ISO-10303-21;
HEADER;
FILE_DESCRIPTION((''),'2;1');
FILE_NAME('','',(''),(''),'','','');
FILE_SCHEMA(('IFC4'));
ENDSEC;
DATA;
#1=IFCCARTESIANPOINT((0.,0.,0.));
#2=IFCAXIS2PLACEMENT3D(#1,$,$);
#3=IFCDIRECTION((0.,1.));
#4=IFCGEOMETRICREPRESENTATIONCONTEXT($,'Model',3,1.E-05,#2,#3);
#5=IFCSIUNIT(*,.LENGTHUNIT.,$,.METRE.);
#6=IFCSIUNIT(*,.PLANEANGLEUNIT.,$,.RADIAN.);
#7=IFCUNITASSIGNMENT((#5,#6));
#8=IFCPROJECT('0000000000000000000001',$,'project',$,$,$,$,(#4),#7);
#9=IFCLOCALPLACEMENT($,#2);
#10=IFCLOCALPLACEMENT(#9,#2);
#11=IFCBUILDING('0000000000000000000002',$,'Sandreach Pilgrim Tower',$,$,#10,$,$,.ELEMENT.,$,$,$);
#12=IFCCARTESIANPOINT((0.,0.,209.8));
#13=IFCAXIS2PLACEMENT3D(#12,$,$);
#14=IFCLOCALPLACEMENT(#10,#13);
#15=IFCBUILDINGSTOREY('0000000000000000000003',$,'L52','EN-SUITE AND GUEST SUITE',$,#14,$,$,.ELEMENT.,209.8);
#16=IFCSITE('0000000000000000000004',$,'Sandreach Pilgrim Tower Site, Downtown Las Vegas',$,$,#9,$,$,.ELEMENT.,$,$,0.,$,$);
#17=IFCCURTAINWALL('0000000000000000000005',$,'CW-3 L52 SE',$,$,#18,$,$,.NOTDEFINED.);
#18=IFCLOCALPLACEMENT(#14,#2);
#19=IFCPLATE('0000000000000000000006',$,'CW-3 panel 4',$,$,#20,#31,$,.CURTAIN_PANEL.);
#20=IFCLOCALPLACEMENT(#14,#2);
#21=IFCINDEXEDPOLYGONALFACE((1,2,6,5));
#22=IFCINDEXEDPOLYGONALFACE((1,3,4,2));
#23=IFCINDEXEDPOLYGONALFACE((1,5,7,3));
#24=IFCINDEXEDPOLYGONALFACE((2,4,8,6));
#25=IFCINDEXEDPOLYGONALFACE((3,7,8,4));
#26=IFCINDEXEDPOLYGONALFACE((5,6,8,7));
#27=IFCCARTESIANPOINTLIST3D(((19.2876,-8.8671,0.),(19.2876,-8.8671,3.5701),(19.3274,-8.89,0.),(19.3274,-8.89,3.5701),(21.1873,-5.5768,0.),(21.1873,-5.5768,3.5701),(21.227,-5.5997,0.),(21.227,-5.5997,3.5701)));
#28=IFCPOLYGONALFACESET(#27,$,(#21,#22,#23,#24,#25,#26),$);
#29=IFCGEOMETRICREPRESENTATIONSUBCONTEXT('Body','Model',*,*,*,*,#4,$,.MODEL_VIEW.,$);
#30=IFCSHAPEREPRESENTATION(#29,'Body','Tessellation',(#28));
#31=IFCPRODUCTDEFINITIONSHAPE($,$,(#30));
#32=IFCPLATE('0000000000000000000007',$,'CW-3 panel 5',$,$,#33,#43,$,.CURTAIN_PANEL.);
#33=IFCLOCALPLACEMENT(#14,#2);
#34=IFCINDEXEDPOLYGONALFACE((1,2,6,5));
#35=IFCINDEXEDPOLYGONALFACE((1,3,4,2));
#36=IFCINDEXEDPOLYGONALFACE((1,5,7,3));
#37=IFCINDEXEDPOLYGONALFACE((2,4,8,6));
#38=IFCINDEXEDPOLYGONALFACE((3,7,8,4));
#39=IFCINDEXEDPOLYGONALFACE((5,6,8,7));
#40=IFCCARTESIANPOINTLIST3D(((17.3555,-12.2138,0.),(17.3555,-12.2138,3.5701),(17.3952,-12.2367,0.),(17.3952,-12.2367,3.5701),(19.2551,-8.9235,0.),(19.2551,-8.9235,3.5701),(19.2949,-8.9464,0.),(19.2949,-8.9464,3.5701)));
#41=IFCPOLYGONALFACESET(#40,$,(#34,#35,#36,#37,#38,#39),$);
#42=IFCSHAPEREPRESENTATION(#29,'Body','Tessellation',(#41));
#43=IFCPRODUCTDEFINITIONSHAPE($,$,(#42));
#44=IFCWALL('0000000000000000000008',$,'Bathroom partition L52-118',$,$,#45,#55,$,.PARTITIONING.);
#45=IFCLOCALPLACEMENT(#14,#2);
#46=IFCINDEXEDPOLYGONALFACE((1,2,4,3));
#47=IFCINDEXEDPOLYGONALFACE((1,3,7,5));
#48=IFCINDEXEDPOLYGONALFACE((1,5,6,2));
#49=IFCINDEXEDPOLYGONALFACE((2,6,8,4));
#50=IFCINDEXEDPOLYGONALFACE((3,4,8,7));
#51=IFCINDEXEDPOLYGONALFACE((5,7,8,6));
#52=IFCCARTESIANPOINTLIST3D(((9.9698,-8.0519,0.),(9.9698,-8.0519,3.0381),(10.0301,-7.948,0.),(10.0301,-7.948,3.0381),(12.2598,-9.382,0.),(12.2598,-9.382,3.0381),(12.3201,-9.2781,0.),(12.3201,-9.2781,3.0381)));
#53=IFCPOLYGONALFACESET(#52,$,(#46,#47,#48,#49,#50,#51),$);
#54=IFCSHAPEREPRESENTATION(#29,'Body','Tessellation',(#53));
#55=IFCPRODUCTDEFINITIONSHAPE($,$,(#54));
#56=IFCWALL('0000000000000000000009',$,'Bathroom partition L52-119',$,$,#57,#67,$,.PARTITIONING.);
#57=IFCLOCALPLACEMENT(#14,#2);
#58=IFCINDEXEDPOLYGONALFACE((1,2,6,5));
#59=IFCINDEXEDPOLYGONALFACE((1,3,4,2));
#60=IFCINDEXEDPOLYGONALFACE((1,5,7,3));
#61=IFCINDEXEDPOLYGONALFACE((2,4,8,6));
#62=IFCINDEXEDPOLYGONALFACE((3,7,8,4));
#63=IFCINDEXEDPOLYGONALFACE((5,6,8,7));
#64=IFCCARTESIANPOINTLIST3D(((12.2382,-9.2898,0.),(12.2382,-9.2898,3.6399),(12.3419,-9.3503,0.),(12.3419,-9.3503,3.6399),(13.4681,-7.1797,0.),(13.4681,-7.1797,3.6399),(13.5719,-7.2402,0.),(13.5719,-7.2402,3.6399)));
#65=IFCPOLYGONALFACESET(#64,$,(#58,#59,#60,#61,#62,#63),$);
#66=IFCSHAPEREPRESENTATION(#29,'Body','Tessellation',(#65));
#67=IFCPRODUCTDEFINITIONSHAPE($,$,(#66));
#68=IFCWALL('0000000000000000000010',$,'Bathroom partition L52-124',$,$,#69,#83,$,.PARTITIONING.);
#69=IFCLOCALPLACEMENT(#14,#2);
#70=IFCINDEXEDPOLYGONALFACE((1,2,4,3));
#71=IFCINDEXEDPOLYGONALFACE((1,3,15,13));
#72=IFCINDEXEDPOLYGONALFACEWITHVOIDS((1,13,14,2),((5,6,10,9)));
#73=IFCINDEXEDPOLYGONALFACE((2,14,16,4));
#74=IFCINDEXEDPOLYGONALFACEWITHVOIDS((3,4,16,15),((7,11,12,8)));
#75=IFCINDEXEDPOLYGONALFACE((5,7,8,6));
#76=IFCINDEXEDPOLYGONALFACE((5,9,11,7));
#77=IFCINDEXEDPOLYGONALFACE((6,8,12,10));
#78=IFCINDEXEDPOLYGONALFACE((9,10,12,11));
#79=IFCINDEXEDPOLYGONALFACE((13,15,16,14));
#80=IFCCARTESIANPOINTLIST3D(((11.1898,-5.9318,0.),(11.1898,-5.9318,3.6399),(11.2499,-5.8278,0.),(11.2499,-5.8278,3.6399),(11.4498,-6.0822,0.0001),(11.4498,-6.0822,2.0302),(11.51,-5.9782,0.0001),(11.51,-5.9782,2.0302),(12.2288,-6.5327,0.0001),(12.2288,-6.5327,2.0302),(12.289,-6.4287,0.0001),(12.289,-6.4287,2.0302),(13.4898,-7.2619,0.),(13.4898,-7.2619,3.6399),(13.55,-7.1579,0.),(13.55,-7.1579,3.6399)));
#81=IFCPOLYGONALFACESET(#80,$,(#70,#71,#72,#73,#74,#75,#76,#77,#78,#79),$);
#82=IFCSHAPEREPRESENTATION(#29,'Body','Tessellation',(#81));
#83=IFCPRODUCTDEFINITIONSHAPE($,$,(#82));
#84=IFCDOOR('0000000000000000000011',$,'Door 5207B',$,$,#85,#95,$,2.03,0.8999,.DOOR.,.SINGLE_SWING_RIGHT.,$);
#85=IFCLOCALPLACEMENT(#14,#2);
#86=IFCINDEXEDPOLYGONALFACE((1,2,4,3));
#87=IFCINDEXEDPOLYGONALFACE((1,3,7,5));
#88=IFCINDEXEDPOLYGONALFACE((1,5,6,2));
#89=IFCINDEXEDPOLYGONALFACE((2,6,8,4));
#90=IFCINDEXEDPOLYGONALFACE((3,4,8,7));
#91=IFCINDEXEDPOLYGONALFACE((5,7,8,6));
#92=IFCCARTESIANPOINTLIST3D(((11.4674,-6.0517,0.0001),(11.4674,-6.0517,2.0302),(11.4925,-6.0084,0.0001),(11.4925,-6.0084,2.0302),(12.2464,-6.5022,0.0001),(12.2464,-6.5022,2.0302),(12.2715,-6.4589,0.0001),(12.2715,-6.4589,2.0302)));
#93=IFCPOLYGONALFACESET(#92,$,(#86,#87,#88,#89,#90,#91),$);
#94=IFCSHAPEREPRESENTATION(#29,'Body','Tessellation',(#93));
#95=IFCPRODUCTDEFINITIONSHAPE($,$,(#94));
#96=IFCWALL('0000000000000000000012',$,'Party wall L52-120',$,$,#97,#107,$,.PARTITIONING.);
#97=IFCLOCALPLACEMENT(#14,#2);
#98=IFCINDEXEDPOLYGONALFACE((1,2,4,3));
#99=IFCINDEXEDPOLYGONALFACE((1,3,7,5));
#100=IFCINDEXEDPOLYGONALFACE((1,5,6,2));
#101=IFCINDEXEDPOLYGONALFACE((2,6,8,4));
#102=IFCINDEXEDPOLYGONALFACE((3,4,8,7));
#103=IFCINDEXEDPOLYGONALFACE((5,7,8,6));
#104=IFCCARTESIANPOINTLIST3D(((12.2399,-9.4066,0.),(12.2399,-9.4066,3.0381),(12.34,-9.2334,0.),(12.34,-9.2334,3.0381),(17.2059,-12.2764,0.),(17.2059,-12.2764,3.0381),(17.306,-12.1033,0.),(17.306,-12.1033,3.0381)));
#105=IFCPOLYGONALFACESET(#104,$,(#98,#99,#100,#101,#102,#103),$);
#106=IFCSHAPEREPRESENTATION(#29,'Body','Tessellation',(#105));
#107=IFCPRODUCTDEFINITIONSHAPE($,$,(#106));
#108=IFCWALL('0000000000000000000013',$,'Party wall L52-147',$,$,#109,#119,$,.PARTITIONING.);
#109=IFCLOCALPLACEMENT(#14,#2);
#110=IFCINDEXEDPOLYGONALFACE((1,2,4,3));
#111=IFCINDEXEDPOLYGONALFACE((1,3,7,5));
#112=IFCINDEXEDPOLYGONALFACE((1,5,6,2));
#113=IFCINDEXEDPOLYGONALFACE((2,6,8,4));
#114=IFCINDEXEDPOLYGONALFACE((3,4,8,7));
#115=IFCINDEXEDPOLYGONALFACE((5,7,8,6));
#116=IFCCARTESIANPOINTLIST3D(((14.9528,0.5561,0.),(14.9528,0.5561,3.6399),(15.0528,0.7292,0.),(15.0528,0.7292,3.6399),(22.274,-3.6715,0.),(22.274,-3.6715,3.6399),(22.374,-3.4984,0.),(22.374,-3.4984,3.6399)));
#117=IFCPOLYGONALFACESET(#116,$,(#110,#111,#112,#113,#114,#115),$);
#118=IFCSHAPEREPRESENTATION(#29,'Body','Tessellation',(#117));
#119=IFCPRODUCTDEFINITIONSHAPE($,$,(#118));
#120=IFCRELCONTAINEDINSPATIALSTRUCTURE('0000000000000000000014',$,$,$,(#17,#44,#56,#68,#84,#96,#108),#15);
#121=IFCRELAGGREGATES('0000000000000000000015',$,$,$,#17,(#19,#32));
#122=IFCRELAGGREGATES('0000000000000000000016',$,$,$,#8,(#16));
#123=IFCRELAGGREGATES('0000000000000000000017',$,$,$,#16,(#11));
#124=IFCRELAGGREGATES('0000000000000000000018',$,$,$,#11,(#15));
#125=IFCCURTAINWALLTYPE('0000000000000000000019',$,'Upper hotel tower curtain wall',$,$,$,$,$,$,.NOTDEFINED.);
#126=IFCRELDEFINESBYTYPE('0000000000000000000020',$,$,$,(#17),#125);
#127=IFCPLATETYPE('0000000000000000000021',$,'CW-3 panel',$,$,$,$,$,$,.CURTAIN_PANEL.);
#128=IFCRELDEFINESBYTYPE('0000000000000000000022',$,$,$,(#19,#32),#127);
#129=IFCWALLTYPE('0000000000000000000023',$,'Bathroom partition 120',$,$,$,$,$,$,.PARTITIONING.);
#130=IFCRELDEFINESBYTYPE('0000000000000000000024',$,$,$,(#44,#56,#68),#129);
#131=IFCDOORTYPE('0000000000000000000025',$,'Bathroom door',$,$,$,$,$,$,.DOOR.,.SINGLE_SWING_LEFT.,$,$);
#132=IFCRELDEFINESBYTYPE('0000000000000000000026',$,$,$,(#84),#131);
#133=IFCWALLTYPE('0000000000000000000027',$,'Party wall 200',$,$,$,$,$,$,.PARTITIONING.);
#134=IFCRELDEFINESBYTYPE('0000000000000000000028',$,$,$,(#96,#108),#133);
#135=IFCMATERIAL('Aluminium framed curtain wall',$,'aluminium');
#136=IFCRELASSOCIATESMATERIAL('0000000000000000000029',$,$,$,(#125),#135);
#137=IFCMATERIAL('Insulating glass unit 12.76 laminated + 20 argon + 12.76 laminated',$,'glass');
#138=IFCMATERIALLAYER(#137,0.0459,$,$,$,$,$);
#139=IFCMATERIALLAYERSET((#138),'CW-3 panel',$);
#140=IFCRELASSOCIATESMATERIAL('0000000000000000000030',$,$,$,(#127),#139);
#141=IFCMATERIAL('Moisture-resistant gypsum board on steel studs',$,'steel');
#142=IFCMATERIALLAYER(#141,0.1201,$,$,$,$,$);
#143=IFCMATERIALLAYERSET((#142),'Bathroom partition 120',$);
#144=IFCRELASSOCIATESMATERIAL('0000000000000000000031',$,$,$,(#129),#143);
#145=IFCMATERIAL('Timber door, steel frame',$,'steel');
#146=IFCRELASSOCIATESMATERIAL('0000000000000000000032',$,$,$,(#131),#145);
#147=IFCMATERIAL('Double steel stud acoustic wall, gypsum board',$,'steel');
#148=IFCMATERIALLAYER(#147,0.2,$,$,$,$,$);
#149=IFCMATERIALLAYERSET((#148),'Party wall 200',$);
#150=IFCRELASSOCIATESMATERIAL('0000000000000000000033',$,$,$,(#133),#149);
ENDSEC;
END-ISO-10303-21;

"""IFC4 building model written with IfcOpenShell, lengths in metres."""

from ifc_helpers import new_model, si_unit, direction, frame, frame_2d, origin, origin_2d, place, context, subcontext, project, spatial, rectangle, extrude, material, layer, layer_set, type_object, element, fill, aggregate, save


model = new_model("IFC4")

# Units and contexts
model_context = context("Model", 3, precision=1e-05, world=origin(), true_north=direction((0.0, 1.0)))
body_context = subcontext(model_context, "Body", "Model", "MODEL_VIEW")
ifc_project = project(units=[si_unit("LENGTHUNIT", "METRE"), si_unit("PLANEANGLEUNIT", "RADIAN")], contexts=[model_context])

# Site, building, storey
site_placement = place(None, origin())
site = spatial("IfcSite", under=ifc_project, at=site_placement, Name="Sandreach Pilgrim Tower Site, Downtown Las Vegas", CompositionType="ELEMENT", RefElevation=0.0)
building_placement = place(site_placement, origin())
building = spatial("IfcBuilding", under=site, at=building_placement, Name="Sandreach Pilgrim Tower", CompositionType="ELEMENT")
storey_placement = place(building_placement, frame((0.0, 0.0, 209.8)))
storey = spatial("IfcBuildingStorey", under=building, at=storey_placement, Name="L52", Description="EN-SUITE AND GUEST SUITE", CompositionType="ELEMENT", Elevation=209.8)

# Curtain wall
ifc_material_1 = material(Name="Aluminium framed curtain wall", Category="aluminium")
curtain_wall_type = type_object("IfcCurtainWallType", Name="Upper hotel tower curtain wall", PredefinedType="NOTDEFINED", material=ifc_material_1)
curtain_wall_placement = place(storey_placement, origin())
curtain_wall = element("IfcCurtainWall", 1, at=curtain_wall_placement, inside=storey, type_object=curtain_wall_type, Name="CW-3 L52 SE", PredefinedType="NOTDEFINED")

# Plates
ifc_material_2 = material(Name="Insulating glass unit 12.76 laminated + 20 argon + 12.76 laminated", Category="glass")
ifc_layer_1 = layer(ifc_material_2, 0.0459)
ifc_layer_set_1 = layer_set([ifc_layer_1], Name="CW-3 panel")
plate_type = type_object("IfcPlateType", Name="CW-3 panel", PredefinedType="CURTAIN_PANEL", material=ifc_layer_set_1)
plate_1_placement = place(storey_placement, frame((20.2573, -7.2334, 0.0), z_axis=(0.0, 0.0, 1.0), x_axis=(-0.5, -0.866025, 0.0)))
plate_1 = element("IfcPlate", 2, at=plate_1_placement, type_object=plate_type, Name="CW-3 panel 4", PredefinedType="CURTAIN_PANEL", context=body_context, shape_type="SweptSolid", body=[
    extrude(rectangle(XDim=3.7993, YDim=0.0459, at=origin_2d()), origin(), (0.0, 0.0, 1.0), 3.5701),
])
plate_2_placement = place(storey_placement, frame((18.3252, -10.5801, 0.0), z_axis=(0.0, 0.0, 1.0), x_axis=(-0.5, -0.866025, 0.0)))
plate_2 = element("IfcPlate", 3, at=plate_2_placement, type_object=plate_type, Name="CW-3 panel 5", PredefinedType="CURTAIN_PANEL", context=body_context, shape_type="SweptSolid", body=[
    extrude(rectangle(XDim=3.7993, YDim=0.0459, at=origin_2d()), origin(), (0.0, 0.0, 1.0), 3.5701),
])
aggregate(curtain_wall, [plate_1, plate_2])

# Walls
ifc_material_3 = material(Name="Moisture-resistant gypsum board on steel studs", Category="steel")
ifc_layer_2 = layer(ifc_material_3, 0.1201)
ifc_layer_set_2 = layer_set([ifc_layer_2], Name="Bathroom partition 120")
wall_type_1 = type_object("IfcWallType", Name="Bathroom partition 120", PredefinedType="PARTITIONING", material=ifc_layer_set_2)
wall_1_placement = place(storey_placement, frame((12.29, -9.3301, 0.0), z_axis=(0.0, 0.0, 1.0), x_axis=(-0.864727, 0.502242, 0.0)))
element("IfcWall", 4, at=wall_1_placement, inside=storey, type_object=wall_type_1, Name="Bathroom partition L52-118", PredefinedType="PARTITIONING", context=body_context, shape_type="SweptSolid", body=[
    extrude(rectangle(XDim=2.6482, YDim=0.1201, at=frame_2d((1.3242, 0.0))), origin(), (0.0, 0.0, 1.0), 3.0381),
])
wall_2_placement = place(storey_placement, frame((12.29, -9.3201, 0.0), z_axis=(0.0, 0.0, 1.0), x_axis=(0.503591, 0.863942, 0.0)))
element("IfcWall", 5, at=wall_2_placement, inside=storey, type_object=wall_type_1, Name="Bathroom partition L52-119", PredefinedType="PARTITIONING", context=body_context, shape_type="SweptSolid", body=[
    extrude(rectangle(XDim=2.4424, YDim=0.1201, at=frame_2d((1.2212, 0.0))), origin(), (0.0, 0.0, 1.0), 3.6399),
])

# Wall, opening, door
wall_3_placement = place(storey_placement, frame((13.52, -7.21, 0.0), z_axis=(0.0, 0.0, 1.0), x_axis=(-0.865676, 0.500605, 0.0)))
wall_3 = element("IfcWall", 6, at=wall_3_placement, inside=storey, type_object=wall_type_1, Name="Bathroom partition L52-124", PredefinedType="PARTITIONING", context=body_context, shape_type="SweptSolid", body=[
    extrude(rectangle(XDim=2.657, YDim=0.1201, at=frame_2d((1.3286, 0.0))), origin(), (0.0, 0.0, 1.0), 3.6399),
])
opening_1_placement = place(wall_3_placement, frame((1.4568, 0.0, 0.0)))
opening_1 = element("IfcOpeningElement", 7, at=opening_1_placement, cuts=wall_3, PredefinedType="OPENING", context=body_context, shape_type="SweptSolid", body=[
    extrude(rectangle(XDim=0.8999, YDim=2.03, at=frame_2d((0.45, 1.0151))), frame((0.0, 0.0601, 0.0), z_axis=(0.0, -1.0, 0.0), x_axis=(1.0, 0.0, 0.0)), (0.0, 0.0, 1.0), 0.1201),
])
ifc_material_4 = material(Name="Timber door, steel frame", Category="steel")
door_type_1 = type_object("IfcDoorType", Name="Bathroom door", OperationType="SINGLE_SWING_LEFT", PredefinedType="DOOR", material=ifc_material_4)
door_1_placement = place(opening_1_placement, origin())
door_1 = element("IfcDoor", 8, at=door_1_placement, inside=storey, type_object=door_type_1, Name="Door 5207B", OperationType="SINGLE_SWING_RIGHT", OverallHeight=2.03, OverallWidth=0.8999, PredefinedType="DOOR", context=body_context, shape_type="SweptSolid", body=[
    extrude(rectangle(XDim=0.8999, YDim=2.03, at=frame_2d((0.45, 1.0151))), frame((0.0, 0.0249, 0.0), z_axis=(0.0, -1.0, 0.0), x_axis=(1.0, 0.0, 0.0)), (0.0, 0.0, 1.0), 0.05),
])
fill(opening_1, door_1)

# Walls
ifc_material_5 = material(Name="Double steel stud acoustic wall, gypsum board", Category="steel")
ifc_layer_3 = layer(ifc_material_5, 0.2)
ifc_layer_set_3 = layer_set([ifc_layer_3], Name="Party wall 200")
wall_type_2 = type_object("IfcWallType", Name="Party wall 200", PredefinedType="PARTITIONING", material=ifc_layer_set_3)
wall_4_placement = place(storey_placement, frame((12.29, -9.3201, 0.0), z_axis=(0.0, 0.0, 1.0), x_axis=(0.86582, -0.500355, 0.0)))
element("IfcWall", 9, at=wall_4_placement, inside=storey, type_object=wall_type_2, Name="Party wall L52-120", PredefinedType="PARTITIONING", context=body_context, shape_type="SweptSolid", body=[
    extrude(rectangle(XDim=5.7356, YDim=0.2, at=frame_2d((2.8677, 0.0))), origin(), (0.0, 0.0, 1.0), 3.0381),
])
wall_5_placement = place(storey_placement, frame((22.324, -3.585, 0.0), z_axis=(0.0, 0.0, 1.0), x_axis=(-0.865988, 0.500065, 0.0)))
element("IfcWall", 10, at=wall_5_placement, inside=storey, type_object=wall_type_2, Name="Party wall L52-147", PredefinedType="PARTITIONING", context=body_context, shape_type="SweptSolid", body=[
    extrude(rectangle(XDim=8.4541, YDim=0.2, at=frame_2d((4.2271, 0.0))), origin(), (0.0, 0.0, 1.0), 3.6399),
])

save(model, "model.ifc")
